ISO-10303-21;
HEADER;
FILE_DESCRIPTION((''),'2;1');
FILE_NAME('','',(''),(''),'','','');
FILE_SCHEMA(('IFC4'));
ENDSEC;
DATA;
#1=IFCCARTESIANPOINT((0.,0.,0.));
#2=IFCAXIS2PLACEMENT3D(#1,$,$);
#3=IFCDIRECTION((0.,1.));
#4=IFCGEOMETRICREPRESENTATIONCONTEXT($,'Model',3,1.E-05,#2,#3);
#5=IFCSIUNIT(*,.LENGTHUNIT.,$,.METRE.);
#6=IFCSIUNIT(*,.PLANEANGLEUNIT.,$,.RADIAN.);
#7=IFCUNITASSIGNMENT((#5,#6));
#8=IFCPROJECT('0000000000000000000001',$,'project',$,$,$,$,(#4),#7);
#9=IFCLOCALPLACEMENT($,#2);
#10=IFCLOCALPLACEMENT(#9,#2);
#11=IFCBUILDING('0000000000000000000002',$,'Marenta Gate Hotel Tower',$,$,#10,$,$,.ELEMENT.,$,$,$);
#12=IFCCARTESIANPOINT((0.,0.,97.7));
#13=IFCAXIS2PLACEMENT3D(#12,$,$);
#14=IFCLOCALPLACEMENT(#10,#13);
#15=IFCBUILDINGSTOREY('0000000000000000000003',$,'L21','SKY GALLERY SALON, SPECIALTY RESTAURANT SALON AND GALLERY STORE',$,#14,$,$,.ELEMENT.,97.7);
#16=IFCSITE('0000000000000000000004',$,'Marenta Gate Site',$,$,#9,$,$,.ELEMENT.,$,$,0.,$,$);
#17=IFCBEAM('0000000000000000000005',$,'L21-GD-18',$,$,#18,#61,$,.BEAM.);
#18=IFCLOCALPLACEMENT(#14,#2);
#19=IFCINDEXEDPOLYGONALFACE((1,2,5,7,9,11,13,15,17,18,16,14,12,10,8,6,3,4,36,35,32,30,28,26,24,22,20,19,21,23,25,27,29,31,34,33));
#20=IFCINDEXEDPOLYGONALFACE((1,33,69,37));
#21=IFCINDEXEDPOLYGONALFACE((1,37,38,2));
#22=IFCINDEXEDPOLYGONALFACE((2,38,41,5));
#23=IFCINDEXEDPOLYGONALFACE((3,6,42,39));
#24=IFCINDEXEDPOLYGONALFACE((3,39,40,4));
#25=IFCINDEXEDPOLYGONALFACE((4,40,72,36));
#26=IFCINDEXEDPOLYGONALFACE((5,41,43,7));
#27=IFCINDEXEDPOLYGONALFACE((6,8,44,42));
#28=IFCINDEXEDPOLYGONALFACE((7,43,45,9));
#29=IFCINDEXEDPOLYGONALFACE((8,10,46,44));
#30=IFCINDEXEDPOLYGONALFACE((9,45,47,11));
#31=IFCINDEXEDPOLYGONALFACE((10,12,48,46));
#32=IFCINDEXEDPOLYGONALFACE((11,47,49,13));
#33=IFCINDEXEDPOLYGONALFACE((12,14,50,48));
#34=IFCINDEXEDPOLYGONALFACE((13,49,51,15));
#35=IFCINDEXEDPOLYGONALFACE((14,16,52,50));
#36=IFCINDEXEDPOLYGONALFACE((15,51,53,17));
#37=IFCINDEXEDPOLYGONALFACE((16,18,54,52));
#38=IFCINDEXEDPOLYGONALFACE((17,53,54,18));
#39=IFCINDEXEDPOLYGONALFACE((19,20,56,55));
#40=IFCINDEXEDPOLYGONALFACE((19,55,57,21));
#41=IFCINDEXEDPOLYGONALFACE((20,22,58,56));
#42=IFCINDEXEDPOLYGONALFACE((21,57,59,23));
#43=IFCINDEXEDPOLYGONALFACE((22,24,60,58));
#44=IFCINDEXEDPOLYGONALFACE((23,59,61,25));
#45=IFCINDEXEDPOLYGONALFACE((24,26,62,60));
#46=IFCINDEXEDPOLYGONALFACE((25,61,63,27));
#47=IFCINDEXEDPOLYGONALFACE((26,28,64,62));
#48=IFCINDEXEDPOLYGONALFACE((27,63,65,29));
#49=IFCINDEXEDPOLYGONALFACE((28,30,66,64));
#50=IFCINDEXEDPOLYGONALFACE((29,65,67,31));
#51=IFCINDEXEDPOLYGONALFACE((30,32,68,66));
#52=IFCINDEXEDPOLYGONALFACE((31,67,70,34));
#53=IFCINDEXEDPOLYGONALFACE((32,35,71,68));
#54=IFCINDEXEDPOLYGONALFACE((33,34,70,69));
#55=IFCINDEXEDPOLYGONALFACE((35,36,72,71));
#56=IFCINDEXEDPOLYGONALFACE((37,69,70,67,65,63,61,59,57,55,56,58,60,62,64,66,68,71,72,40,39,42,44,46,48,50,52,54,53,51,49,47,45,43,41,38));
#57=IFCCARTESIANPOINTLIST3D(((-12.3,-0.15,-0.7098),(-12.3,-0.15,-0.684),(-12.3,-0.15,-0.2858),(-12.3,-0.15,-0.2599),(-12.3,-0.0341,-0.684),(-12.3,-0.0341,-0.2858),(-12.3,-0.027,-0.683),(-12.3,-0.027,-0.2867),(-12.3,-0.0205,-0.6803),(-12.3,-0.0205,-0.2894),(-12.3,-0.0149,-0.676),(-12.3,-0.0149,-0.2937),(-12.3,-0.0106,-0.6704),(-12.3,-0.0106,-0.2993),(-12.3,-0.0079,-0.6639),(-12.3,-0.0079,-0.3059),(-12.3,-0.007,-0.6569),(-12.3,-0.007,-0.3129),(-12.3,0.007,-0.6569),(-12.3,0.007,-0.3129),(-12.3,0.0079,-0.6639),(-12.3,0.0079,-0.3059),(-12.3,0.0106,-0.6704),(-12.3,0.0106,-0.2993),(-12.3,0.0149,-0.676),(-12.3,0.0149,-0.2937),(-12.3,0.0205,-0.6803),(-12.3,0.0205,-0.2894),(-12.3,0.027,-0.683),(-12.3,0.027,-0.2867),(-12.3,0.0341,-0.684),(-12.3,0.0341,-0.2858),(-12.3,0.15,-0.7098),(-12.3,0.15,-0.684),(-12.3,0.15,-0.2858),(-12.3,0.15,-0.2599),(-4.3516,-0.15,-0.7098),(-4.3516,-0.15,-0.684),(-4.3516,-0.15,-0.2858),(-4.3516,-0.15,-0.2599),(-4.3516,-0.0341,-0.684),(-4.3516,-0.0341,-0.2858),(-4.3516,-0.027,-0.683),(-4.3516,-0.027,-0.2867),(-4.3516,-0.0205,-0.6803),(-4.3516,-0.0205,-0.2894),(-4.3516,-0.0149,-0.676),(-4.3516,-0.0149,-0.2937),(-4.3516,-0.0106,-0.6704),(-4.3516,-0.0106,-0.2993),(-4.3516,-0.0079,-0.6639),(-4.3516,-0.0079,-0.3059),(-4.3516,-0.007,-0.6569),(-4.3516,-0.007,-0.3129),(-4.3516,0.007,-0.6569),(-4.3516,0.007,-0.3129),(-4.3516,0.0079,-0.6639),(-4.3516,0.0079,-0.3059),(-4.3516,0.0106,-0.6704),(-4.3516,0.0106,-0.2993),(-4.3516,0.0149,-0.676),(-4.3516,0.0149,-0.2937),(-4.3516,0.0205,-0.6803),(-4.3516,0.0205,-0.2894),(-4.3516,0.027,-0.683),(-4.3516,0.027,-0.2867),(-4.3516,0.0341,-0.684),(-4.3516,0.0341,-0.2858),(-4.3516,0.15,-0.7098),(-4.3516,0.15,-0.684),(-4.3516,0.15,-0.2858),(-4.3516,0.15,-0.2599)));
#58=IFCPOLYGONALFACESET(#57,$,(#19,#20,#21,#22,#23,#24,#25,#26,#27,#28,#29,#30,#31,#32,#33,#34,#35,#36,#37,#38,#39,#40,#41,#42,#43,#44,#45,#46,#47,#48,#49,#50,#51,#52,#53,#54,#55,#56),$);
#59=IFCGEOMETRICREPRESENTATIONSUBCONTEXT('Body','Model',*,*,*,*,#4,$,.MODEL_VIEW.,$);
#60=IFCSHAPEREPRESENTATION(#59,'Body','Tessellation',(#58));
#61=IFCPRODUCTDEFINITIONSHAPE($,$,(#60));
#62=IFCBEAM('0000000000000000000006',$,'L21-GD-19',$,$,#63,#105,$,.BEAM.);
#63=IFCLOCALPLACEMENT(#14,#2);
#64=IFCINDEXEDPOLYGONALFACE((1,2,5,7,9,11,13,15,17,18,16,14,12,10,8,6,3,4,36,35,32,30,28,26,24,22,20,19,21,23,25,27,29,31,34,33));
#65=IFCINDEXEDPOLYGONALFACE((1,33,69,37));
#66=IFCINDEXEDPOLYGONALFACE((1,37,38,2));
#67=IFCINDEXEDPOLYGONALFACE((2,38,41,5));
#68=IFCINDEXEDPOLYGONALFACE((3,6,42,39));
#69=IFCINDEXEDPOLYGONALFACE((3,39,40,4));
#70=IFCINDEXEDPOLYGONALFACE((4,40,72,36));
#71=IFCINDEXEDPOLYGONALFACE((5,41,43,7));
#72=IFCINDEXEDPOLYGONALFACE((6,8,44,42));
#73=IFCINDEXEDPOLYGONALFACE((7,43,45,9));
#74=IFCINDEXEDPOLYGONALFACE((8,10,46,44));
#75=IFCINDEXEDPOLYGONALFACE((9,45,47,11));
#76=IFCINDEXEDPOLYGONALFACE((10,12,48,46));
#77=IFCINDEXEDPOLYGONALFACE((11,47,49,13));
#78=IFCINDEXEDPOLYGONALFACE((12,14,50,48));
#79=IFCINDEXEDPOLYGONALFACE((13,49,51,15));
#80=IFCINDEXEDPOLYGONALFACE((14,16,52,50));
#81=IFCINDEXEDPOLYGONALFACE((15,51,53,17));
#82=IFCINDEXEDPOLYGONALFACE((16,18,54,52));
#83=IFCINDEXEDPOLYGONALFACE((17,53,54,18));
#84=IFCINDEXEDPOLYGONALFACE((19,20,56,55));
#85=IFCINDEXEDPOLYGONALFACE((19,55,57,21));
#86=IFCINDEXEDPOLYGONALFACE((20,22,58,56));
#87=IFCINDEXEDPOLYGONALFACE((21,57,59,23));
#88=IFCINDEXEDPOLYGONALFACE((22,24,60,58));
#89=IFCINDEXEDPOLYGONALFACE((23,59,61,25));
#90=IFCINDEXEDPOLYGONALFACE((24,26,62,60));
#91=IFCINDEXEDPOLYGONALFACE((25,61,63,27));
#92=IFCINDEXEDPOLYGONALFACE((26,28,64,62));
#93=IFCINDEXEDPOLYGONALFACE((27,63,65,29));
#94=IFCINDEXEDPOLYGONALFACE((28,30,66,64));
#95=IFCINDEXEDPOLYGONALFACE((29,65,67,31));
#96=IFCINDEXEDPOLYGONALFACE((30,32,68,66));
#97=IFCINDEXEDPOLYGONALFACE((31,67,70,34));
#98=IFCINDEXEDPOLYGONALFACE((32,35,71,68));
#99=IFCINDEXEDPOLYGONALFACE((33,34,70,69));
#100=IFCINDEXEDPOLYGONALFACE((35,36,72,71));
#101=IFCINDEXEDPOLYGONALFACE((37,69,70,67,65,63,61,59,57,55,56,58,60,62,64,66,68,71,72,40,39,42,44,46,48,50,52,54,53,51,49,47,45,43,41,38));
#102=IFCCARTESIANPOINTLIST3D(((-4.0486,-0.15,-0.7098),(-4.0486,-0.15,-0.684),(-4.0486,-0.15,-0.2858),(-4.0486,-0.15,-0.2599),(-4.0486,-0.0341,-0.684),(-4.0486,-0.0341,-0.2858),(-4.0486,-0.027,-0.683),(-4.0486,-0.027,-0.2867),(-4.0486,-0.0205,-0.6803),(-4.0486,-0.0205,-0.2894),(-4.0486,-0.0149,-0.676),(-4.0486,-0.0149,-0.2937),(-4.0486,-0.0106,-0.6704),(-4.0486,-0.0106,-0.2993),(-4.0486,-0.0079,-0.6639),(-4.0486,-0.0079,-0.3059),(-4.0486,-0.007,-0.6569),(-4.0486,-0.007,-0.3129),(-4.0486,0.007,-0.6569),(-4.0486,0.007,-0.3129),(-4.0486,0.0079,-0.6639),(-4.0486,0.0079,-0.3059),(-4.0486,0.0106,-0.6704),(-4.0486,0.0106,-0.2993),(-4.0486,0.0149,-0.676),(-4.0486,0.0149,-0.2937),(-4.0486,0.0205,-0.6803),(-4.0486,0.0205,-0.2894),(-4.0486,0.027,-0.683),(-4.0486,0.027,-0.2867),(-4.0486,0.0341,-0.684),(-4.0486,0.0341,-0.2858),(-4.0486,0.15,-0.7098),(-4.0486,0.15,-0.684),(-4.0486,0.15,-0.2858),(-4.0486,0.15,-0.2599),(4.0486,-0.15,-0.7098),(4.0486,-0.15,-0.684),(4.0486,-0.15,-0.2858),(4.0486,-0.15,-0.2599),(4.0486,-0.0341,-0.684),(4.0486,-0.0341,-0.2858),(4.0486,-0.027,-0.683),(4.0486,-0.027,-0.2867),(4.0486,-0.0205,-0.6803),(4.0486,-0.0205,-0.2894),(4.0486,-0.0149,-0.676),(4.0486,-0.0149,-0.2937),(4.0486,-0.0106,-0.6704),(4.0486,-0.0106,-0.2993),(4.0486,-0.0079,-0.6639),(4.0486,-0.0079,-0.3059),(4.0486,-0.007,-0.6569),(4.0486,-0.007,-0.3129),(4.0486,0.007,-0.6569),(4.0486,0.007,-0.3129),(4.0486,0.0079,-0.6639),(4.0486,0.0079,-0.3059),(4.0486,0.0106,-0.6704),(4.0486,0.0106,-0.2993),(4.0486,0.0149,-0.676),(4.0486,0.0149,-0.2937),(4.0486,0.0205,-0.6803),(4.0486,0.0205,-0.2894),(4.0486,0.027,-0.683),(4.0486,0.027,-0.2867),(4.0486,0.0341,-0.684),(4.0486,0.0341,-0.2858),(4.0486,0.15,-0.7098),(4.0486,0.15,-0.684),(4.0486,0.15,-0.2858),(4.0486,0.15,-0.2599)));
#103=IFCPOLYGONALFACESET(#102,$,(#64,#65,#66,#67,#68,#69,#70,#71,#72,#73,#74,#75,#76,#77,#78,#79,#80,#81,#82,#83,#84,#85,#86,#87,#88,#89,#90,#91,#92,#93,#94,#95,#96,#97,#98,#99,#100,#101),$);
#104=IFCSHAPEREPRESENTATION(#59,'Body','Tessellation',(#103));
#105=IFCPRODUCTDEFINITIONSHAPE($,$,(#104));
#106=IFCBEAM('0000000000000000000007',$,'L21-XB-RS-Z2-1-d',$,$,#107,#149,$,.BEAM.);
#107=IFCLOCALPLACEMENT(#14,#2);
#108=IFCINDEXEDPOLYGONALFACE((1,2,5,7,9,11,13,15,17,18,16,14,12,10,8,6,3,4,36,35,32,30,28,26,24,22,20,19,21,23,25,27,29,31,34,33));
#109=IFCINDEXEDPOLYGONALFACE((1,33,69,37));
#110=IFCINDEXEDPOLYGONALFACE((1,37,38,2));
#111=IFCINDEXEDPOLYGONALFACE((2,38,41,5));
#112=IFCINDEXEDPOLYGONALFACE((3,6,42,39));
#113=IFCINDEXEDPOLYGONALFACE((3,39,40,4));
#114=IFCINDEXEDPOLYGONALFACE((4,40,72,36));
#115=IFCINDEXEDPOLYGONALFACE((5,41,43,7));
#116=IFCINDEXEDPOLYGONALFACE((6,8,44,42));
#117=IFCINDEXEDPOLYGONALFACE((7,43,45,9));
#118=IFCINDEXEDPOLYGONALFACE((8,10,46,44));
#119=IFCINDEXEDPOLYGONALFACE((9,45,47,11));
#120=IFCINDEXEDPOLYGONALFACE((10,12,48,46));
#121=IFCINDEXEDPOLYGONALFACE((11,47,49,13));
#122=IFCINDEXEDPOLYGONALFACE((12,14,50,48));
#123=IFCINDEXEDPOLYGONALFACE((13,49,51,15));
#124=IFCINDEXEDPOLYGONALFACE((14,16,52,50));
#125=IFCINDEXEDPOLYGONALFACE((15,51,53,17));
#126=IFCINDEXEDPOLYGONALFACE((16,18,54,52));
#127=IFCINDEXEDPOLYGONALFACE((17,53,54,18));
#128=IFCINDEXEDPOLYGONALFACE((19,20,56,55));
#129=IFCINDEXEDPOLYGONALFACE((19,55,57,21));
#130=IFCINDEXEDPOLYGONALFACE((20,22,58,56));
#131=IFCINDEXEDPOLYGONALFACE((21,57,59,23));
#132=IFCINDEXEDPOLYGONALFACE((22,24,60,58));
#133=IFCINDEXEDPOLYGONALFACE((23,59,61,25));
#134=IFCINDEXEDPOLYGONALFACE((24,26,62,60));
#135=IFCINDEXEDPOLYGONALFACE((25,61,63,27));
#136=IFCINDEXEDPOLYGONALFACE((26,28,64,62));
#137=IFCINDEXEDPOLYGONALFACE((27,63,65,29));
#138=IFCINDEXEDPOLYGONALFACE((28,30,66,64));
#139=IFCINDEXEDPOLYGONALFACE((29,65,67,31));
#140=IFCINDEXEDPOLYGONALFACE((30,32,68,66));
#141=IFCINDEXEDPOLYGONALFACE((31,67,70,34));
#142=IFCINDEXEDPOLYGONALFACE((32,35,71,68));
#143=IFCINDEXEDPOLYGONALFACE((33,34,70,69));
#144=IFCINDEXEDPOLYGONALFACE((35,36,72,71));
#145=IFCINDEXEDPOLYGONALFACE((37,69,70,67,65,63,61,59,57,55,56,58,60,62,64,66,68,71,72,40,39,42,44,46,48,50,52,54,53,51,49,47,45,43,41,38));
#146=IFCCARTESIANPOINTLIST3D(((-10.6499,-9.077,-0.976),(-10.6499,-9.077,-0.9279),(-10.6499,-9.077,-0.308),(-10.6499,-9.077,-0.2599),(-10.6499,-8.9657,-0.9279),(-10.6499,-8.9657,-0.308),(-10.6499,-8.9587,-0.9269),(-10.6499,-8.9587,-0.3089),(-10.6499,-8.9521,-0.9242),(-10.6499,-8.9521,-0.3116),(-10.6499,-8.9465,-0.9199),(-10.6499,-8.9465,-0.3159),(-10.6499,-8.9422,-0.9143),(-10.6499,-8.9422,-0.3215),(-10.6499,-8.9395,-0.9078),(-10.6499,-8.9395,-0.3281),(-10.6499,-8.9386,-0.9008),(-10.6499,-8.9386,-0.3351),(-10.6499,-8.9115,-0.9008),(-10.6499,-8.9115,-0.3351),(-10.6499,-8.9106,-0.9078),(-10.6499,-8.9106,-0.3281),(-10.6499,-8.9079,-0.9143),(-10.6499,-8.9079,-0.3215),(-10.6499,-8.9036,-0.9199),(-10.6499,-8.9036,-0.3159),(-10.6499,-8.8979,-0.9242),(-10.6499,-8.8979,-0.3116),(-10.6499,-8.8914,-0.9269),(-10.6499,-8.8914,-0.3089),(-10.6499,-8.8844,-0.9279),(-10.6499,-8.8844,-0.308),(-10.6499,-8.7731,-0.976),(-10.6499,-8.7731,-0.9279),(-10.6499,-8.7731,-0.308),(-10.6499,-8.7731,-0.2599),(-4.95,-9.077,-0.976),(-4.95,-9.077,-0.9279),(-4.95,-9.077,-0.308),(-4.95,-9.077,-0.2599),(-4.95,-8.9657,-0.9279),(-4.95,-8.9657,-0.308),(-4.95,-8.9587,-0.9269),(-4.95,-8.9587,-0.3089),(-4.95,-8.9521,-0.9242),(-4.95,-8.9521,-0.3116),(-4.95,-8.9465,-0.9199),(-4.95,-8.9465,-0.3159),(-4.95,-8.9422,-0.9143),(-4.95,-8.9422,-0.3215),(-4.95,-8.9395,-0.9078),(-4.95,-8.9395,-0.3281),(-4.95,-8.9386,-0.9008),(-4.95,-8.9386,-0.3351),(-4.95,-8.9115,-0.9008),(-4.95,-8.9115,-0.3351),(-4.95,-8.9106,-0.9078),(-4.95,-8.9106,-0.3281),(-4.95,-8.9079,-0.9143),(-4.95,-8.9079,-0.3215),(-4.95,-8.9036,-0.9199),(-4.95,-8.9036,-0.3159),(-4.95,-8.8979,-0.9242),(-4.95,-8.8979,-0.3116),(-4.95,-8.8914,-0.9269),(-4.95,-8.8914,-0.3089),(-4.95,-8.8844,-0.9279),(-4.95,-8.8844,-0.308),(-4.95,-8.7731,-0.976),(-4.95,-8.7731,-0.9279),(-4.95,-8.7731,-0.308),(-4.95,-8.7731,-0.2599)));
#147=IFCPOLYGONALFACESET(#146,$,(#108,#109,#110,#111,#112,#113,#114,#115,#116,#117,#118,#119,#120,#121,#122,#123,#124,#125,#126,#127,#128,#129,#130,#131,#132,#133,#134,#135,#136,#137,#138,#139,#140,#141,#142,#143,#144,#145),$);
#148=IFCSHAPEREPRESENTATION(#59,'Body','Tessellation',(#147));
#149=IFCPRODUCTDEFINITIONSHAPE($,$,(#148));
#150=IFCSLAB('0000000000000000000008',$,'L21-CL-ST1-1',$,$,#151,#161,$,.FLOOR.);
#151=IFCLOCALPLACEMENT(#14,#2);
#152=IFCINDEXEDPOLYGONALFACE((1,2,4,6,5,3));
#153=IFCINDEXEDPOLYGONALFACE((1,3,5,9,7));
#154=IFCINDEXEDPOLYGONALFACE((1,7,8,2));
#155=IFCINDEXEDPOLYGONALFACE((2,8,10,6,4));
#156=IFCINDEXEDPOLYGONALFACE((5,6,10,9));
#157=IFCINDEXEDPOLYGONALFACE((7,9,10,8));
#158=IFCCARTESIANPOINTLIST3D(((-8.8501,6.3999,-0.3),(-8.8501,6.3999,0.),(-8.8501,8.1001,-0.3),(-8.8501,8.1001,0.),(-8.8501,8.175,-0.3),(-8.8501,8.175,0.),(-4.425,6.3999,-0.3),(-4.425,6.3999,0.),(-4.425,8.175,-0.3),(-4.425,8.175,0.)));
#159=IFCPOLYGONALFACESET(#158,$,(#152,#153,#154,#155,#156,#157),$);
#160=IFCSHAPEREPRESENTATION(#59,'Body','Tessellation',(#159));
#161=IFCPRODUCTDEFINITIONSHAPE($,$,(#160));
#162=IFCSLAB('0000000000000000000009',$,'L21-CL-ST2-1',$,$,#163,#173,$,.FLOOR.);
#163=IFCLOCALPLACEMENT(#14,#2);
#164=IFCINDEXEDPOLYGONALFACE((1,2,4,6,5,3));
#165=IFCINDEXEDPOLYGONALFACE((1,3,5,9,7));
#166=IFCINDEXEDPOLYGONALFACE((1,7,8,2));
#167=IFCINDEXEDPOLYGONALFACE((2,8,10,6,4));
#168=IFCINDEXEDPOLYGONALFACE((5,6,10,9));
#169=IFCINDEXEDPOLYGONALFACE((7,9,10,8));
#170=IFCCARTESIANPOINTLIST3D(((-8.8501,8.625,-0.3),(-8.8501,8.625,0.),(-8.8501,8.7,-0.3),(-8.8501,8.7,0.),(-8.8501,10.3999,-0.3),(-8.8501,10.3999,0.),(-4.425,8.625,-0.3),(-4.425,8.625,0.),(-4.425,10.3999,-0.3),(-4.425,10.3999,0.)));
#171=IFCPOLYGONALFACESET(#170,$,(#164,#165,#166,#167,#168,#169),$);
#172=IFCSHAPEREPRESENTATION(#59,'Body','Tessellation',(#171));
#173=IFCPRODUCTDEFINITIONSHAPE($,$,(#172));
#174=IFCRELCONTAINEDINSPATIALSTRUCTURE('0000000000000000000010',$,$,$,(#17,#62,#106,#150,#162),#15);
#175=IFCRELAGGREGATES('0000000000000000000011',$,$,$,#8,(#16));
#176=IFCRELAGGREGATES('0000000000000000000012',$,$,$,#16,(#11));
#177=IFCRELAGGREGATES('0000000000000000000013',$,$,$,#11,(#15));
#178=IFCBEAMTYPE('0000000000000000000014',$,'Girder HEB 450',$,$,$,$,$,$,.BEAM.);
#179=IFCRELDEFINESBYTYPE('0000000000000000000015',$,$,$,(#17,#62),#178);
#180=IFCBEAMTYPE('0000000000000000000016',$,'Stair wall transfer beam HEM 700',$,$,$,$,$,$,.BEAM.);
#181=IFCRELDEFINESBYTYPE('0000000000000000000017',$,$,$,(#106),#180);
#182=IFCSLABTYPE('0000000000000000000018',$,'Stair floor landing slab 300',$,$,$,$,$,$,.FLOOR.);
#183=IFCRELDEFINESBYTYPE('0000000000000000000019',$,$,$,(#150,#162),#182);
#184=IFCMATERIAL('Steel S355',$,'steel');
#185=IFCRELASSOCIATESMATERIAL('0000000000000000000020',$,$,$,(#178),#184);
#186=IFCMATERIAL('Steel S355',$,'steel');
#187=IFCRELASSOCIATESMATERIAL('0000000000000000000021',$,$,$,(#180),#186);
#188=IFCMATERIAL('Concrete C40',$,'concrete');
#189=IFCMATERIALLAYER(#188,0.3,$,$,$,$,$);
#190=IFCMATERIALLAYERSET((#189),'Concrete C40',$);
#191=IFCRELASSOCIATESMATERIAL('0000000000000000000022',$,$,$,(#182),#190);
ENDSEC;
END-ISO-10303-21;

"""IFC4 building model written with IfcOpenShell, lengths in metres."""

from ifc_helpers import new_model, si_unit, direction, frame, origin, origin_2d, place, context, subcontext, project, spatial, polyline, i_section, outline, extrude, material, layer, layer_set, material_profile, profile_set, type_object, element, save


model = new_model("IFC4")

# Units and contexts
model_context = context("Model", 3, precision=1e-05, world=origin(), true_north=direction((0.0, 1.0)))
body_context = subcontext(model_context, "Body", "Model", "MODEL_VIEW")
ifc_project = project(units=[si_unit("LENGTHUNIT", "METRE"), si_unit("PLANEANGLEUNIT", "RADIAN")], contexts=[model_context])

# Site, building, storey
site_placement = place(None, origin())
site = spatial("IfcSite", under=ifc_project, at=site_placement, Name="Marenta Gate Site", CompositionType="ELEMENT", RefElevation=0.0)
building_placement = place(site_placement, origin())
building = spatial("IfcBuilding", under=site, at=building_placement, Name="Marenta Gate Hotel Tower", CompositionType="ELEMENT")
storey_placement = place(building_placement, frame((0.0, 0.0, 97.7)))
storey = spatial("IfcBuildingStorey", under=building, at=storey_placement, Name="L21", Description="SKY GALLERY SALON, SPECIALTY RESTAURANT SALON AND GALLERY STORE", CompositionType="ELEMENT", Elevation=97.7)

# Beams
ifc_material_1 = material(Name="Steel S355", Category="steel")
ifc_material_profile_1 = material_profile(ifc_material_1, i_section(OverallWidth=0.3, OverallDepth=0.45, WebThickness=0.0139, FlangeThickness=0.0259, FilletRadius=0.0271, at=origin_2d()), Name="HEB 450")
ifc_profile_set_1 = profile_set([ifc_material_profile_1], Name="Steel S355")
beam_type_1 = type_object("IfcBeamType", Name="Girder HEB 450", PredefinedType="BEAM", material=ifc_profile_set_1)
beam_1_placement = place(storey_placement, frame((-12.3, 0.0, -0.4849), z_axis=(1.0, 0.0, 0.0), x_axis=(0.0, 1.0, 0.0)))
element("IfcBeam", 1, at=beam_1_placement, inside=storey, type_object=beam_type_1, Name="L21-GD-18", PredefinedType="BEAM", context=body_context, shape_type="SweptSolid", body=[
    extrude(i_section(OverallWidth=0.3, OverallDepth=0.45, WebThickness=0.0139, FlangeThickness=0.0259, FilletRadius=0.0271, at=origin_2d()), origin(), (0.0, 0.0, 1.0), 7.9485),
])
beam_2_placement = place(storey_placement, frame((-4.0486, 0.0, -0.4849), z_axis=(1.0, 0.0, 0.0), x_axis=(0.0, 1.0, 0.0)))
element("IfcBeam", 2, at=beam_2_placement, inside=storey, type_object=beam_type_1, Name="L21-GD-19", PredefinedType="BEAM", context=body_context, shape_type="SweptSolid", body=[
    extrude(i_section(OverallWidth=0.3, OverallDepth=0.45, WebThickness=0.0139, FlangeThickness=0.0259, FilletRadius=0.0271, at=origin_2d()), origin(), (0.0, 0.0, 1.0), 8.0972),
])
ifc_material_2 = material(Name="Steel S355", Category="steel")
ifc_material_profile_2 = material_profile(ifc_material_2, i_section(OverallWidth=0.304, OverallDepth=0.7161, WebThickness=0.0271, FlangeThickness=0.0481, FilletRadius=0.0271, at=origin_2d()), Name="HEM 700")
ifc_profile_set_2 = profile_set([ifc_material_profile_2], Name="Steel S355")
beam_type_2 = type_object("IfcBeamType", Name="Stair wall transfer beam HEM 700", PredefinedType="BEAM", material=ifc_profile_set_2)
beam_3_placement = place(storey_placement, frame((-10.6499, -8.925, -0.6179), z_axis=(1.0, 0.0, 0.0), x_axis=(0.0, 1.0, 0.0)))
element("IfcBeam", 3, at=beam_3_placement, inside=storey, type_object=beam_type_2, Name="L21-XB-RS-Z2-1-d", PredefinedType="BEAM", context=body_context, shape_type="SweptSolid", body=[
    extrude(i_section(OverallWidth=0.304, OverallDepth=0.7161, WebThickness=0.0271, FlangeThickness=0.0481, FilletRadius=0.0271, at=origin_2d()), origin(), (0.0, 0.0, 1.0), 5.7),
])

# Slabs
ifc_material_3 = material(Name="Concrete C40", Category="concrete")
ifc_layer_1 = layer(ifc_material_3, 0.3)
ifc_layer_set_1 = layer_set([ifc_layer_1], Name="Concrete C40")
slab_type_1 = type_object("IfcSlabType", Name="Stair floor landing slab 300", PredefinedType="FLOOR", material=ifc_layer_set_1)
slab_1_placement = place(storey_placement, frame((0.0, 0.0, -0.3)))
element("IfcSlab", 4, at=slab_1_placement, inside=storey, type_object=slab_type_1, Name="L21-CL-ST1-1", PredefinedType="FLOOR", context=body_context, shape_type="SweptSolid", body=[
    extrude(outline(polyline([(-4.425, 6.3999), (-8.8501, 6.3999), (-8.8501, 8.1001), (-8.8501, 8.175), (-4.425, 8.175), (-4.425, 6.3999)])), origin(), (0.0, 0.0, 1.0), 0.3),
])
slab_2_placement = place(storey_placement, frame((0.0, 0.0, -0.3)))
element("IfcSlab", 5, at=slab_2_placement, inside=storey, type_object=slab_type_1, Name="L21-CL-ST2-1", PredefinedType="FLOOR", context=body_context, shape_type="SweptSolid", body=[
    extrude(outline(polyline([(-4.425, 8.625), (-8.8501, 8.625), (-8.8501, 8.7), (-8.8501, 10.3999), (-4.425, 10.3999), (-4.425, 8.625)])), origin(), (0.0, 0.0, 1.0), 0.3),
])

save(model, "model.ifc")
